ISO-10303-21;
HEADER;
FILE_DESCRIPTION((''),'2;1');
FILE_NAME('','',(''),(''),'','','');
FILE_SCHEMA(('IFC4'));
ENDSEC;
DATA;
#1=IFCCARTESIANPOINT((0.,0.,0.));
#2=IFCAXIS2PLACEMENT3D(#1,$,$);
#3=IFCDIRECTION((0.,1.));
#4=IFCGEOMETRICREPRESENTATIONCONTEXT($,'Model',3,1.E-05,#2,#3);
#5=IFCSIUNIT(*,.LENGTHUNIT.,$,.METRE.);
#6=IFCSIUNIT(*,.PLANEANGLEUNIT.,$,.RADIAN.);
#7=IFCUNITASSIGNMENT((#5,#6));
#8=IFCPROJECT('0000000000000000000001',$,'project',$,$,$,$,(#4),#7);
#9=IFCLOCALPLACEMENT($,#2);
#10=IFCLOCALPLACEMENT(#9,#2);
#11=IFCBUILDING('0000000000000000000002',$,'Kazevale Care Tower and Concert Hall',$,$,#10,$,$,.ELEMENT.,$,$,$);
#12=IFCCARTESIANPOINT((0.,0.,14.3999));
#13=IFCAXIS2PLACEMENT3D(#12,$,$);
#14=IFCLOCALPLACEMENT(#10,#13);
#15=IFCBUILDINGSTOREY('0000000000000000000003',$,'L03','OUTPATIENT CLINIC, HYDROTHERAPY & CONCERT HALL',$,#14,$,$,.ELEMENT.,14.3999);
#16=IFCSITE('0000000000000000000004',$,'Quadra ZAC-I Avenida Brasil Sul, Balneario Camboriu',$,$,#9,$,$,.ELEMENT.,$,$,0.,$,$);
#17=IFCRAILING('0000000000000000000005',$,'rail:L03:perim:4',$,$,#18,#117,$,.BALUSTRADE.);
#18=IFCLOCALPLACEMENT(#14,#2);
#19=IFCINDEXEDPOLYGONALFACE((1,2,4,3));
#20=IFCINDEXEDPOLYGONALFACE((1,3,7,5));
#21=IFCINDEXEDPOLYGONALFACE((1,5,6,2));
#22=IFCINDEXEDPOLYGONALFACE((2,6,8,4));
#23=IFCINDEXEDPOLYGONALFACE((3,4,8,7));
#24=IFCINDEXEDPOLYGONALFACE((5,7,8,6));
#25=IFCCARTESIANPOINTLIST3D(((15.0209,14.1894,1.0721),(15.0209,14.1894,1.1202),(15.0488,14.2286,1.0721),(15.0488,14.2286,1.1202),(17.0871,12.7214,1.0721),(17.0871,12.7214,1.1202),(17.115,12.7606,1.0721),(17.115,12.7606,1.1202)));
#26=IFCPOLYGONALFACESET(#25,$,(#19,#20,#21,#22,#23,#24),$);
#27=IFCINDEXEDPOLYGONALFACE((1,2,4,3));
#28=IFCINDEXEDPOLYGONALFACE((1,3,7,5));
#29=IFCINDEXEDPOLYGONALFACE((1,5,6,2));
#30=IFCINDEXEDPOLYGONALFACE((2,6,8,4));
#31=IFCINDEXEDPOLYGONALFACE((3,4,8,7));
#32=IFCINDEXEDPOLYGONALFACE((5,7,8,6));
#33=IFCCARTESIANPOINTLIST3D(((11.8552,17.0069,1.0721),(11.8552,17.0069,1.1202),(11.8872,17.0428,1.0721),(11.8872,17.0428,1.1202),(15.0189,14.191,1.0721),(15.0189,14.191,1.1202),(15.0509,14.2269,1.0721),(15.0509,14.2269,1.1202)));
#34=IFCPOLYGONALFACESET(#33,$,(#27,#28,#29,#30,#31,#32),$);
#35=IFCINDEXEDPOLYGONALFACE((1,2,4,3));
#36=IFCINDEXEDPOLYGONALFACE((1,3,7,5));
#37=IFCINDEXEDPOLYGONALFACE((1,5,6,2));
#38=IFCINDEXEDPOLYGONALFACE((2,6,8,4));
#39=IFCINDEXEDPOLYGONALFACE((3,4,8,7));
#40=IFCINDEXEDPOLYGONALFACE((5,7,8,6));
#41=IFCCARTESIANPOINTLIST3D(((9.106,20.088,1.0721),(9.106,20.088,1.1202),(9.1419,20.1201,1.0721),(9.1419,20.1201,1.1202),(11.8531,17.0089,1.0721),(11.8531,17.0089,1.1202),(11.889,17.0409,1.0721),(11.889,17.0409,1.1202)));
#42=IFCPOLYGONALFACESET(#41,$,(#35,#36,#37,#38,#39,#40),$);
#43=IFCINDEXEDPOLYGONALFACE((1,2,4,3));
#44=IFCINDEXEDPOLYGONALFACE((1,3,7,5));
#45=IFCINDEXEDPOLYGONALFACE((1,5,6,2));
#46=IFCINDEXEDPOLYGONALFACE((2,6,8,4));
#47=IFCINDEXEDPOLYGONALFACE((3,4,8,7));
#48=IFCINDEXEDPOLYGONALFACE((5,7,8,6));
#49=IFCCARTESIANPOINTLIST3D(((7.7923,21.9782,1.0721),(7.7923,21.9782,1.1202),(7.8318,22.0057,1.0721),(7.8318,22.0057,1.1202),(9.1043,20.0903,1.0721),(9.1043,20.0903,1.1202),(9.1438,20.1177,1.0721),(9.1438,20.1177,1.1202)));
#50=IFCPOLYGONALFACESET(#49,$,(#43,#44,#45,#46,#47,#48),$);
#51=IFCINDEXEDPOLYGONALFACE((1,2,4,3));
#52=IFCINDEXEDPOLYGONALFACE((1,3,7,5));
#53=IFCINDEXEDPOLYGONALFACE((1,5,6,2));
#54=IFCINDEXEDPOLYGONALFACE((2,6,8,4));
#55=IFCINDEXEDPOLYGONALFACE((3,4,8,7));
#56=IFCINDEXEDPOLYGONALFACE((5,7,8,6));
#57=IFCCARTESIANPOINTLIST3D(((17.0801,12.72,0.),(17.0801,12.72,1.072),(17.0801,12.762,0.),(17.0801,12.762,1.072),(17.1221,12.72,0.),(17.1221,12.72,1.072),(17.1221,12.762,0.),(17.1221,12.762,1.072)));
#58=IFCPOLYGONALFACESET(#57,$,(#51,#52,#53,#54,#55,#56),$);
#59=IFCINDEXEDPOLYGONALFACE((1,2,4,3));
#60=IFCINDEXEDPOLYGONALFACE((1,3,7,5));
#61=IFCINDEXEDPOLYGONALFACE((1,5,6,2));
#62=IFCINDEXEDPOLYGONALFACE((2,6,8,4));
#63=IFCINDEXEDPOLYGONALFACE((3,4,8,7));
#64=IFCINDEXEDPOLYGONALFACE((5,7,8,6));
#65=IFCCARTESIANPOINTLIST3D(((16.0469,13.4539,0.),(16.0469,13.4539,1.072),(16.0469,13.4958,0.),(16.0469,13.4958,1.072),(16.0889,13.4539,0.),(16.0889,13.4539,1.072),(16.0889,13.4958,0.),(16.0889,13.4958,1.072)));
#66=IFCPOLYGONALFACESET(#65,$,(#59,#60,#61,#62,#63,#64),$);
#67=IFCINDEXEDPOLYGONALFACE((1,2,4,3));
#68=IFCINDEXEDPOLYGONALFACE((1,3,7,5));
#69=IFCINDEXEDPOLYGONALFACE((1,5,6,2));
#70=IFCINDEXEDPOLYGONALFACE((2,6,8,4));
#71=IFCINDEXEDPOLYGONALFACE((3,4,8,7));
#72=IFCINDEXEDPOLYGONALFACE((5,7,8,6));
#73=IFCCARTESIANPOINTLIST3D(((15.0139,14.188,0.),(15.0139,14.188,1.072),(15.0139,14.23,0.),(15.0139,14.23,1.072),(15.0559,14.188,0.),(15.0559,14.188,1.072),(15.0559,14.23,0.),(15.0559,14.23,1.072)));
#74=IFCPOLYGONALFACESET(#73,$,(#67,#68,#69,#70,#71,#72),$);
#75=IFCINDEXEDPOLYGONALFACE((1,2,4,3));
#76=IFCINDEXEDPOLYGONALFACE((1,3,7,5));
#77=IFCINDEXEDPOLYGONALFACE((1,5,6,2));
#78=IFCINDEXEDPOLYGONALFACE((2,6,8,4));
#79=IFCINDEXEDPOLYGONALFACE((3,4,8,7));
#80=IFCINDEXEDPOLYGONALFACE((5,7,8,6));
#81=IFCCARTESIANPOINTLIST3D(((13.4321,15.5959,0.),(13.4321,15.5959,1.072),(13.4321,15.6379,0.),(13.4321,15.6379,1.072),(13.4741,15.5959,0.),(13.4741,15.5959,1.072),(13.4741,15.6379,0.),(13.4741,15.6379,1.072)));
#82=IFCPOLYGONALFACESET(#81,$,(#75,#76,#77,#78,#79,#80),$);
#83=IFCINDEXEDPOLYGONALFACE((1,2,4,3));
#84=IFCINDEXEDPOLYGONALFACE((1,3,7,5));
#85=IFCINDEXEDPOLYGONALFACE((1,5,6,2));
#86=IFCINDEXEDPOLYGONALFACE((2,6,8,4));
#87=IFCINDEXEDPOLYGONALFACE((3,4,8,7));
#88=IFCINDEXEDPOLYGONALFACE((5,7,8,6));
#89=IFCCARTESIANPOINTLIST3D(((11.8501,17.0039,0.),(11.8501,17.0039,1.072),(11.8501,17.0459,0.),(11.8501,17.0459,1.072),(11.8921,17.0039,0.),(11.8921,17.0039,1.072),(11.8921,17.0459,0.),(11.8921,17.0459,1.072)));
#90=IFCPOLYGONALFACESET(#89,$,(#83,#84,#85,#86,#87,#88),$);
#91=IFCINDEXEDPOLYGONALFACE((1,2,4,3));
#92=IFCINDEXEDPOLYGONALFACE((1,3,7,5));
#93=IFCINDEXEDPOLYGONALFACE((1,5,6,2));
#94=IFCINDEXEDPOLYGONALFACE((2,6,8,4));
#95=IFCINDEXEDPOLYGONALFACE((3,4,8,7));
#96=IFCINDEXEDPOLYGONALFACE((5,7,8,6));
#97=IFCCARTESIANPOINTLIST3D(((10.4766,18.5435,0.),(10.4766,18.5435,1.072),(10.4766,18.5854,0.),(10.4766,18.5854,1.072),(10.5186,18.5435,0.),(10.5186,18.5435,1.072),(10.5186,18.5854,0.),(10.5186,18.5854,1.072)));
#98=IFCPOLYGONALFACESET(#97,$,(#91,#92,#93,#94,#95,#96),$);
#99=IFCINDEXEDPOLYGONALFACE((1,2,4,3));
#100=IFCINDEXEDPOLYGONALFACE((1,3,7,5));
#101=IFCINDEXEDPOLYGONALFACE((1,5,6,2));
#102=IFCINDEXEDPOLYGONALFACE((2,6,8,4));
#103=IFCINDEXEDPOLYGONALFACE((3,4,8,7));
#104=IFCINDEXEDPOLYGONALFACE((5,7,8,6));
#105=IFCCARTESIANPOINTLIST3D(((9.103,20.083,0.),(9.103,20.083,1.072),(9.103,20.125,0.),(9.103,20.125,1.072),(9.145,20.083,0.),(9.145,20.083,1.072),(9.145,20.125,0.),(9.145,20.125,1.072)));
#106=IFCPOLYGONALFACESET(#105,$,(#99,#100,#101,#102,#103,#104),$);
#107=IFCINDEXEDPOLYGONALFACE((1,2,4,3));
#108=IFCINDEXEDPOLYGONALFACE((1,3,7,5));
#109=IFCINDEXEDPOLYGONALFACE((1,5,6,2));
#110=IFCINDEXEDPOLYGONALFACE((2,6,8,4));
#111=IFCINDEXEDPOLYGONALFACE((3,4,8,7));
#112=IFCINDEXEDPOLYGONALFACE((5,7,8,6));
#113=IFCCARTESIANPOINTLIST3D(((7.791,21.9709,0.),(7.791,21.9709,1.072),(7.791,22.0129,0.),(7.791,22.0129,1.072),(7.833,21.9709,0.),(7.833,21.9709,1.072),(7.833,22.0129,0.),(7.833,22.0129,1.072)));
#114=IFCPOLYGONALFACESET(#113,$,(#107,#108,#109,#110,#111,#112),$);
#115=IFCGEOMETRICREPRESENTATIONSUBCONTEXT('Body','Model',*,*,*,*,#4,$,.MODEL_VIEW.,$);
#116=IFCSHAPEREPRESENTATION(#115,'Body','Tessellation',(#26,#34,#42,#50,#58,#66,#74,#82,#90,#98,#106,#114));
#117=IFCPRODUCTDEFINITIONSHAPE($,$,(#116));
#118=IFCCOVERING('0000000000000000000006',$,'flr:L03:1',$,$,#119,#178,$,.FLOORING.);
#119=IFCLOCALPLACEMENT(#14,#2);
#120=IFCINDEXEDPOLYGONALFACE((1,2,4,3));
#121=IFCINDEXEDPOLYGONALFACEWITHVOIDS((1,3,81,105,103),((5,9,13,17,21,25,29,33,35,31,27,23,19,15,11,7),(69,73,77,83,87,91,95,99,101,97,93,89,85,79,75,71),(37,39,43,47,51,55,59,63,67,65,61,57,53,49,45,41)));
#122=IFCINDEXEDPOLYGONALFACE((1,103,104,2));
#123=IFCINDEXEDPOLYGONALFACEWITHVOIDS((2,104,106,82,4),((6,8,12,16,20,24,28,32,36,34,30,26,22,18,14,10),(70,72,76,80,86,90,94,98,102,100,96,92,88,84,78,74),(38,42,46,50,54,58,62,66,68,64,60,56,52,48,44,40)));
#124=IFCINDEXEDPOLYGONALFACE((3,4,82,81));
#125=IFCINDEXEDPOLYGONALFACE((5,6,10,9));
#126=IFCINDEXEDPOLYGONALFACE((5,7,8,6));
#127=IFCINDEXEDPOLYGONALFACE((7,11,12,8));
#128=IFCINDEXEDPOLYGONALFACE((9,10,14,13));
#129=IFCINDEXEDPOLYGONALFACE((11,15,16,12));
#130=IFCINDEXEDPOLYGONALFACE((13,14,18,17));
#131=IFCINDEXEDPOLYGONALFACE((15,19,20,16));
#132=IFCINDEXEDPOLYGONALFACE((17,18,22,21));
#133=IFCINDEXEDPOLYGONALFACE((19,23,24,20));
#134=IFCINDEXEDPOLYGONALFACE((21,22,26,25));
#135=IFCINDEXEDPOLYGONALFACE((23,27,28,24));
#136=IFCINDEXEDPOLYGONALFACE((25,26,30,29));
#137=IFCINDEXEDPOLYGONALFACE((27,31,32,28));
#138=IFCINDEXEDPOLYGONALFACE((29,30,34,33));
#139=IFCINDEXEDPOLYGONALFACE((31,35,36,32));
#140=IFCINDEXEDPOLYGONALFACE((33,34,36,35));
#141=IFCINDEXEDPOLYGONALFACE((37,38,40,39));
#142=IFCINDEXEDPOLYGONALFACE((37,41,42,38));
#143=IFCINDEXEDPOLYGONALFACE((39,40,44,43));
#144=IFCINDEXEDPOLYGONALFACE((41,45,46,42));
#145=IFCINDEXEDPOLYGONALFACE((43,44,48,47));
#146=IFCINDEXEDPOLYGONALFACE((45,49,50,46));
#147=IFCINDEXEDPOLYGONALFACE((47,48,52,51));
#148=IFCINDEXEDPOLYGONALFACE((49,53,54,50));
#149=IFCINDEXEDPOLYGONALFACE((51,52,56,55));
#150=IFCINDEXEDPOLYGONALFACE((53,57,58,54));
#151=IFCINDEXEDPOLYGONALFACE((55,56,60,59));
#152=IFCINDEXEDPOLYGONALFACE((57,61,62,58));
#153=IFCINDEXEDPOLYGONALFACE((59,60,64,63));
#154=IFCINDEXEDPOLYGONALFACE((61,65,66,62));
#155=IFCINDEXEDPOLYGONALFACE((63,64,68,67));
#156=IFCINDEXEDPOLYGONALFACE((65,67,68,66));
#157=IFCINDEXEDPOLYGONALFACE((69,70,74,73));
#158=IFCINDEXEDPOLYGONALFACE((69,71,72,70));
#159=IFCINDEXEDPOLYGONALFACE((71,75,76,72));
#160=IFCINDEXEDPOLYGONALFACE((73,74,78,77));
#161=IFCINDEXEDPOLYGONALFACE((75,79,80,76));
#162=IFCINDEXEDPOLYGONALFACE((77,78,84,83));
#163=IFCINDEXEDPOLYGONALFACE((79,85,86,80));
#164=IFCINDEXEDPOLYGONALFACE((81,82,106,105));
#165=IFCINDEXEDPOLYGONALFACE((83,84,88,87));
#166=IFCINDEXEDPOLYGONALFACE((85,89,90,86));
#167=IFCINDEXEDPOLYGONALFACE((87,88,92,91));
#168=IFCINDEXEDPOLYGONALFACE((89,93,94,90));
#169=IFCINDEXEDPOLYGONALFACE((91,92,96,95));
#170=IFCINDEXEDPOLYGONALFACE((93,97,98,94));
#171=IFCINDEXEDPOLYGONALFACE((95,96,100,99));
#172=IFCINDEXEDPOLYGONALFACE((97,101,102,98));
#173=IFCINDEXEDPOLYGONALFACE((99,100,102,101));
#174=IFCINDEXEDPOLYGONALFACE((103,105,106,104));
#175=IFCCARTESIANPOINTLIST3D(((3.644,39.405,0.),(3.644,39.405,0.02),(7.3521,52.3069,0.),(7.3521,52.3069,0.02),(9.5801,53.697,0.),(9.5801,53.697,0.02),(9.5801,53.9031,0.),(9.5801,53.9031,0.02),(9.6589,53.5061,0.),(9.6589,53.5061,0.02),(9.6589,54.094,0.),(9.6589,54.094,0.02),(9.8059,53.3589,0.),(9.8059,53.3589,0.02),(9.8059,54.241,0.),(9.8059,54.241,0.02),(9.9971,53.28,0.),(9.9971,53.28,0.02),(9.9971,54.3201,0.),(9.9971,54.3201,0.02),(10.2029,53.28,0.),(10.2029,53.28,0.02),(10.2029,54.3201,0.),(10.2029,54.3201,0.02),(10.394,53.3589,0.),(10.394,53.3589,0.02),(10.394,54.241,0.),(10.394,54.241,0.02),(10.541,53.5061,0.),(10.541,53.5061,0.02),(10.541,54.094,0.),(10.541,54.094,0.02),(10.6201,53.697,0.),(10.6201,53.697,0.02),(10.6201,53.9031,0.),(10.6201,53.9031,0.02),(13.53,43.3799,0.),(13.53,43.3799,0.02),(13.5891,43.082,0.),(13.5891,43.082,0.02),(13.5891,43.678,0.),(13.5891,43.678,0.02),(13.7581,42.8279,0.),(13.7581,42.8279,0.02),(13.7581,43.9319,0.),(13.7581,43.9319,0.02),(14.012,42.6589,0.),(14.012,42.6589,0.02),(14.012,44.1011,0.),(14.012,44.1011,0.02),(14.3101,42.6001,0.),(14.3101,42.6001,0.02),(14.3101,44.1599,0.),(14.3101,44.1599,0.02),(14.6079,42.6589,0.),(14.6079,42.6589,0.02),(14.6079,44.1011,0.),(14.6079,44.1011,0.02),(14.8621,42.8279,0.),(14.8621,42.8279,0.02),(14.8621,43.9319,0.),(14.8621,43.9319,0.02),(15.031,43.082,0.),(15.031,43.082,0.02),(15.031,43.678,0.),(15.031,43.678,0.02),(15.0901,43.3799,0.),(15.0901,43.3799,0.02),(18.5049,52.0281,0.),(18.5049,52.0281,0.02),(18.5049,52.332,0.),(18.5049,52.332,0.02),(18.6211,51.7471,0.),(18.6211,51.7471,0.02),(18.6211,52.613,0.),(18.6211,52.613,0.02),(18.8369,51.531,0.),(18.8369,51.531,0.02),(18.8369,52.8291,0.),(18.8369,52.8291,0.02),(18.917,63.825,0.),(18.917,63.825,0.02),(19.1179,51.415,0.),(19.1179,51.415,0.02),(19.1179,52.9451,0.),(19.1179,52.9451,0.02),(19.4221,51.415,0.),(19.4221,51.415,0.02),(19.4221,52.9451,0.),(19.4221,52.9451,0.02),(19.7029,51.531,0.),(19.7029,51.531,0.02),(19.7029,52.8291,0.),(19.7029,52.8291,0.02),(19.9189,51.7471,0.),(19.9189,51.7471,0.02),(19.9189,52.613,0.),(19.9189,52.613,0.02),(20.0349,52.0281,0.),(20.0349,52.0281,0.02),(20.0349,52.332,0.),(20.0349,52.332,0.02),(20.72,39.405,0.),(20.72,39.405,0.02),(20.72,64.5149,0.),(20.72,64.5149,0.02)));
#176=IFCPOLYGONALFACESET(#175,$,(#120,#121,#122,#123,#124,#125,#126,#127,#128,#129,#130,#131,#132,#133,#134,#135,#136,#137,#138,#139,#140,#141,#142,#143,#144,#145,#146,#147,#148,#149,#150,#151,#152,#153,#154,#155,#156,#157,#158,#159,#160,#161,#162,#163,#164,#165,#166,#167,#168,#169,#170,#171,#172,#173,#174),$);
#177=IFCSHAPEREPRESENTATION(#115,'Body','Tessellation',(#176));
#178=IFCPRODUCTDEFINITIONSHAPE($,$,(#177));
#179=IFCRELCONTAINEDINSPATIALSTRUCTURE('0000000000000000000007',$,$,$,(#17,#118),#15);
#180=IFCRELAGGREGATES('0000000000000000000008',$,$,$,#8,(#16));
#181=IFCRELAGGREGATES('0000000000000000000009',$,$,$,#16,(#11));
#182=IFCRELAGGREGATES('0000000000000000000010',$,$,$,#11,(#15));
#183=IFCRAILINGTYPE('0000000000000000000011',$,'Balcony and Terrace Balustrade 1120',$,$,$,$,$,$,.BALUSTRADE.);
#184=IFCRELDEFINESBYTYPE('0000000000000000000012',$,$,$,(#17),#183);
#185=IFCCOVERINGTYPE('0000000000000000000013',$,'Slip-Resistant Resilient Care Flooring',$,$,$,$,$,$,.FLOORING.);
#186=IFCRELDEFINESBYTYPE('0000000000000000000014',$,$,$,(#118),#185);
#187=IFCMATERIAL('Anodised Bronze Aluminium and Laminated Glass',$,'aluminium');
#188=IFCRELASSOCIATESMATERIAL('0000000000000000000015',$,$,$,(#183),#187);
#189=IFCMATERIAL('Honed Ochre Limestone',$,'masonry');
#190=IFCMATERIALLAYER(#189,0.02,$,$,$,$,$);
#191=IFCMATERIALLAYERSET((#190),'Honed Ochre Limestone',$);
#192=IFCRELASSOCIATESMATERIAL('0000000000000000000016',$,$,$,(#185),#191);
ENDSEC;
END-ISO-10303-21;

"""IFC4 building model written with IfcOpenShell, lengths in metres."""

from ifc_helpers import new_model, si_unit, direction, frame, origin, origin_2d, place, context, subcontext, project, spatial, polyline, rectangle, outline, extrude, material, layer, layer_set, type_object, element, save


model = new_model("IFC4")

# Units and contexts
model_context = context("Model", 3, precision=1e-05, world=origin(), true_north=direction((0.0, 1.0)))
body_context = subcontext(model_context, "Body", "Model", "MODEL_VIEW")
ifc_project = project(units=[si_unit("LENGTHUNIT", "METRE"), si_unit("PLANEANGLEUNIT", "RADIAN")], contexts=[model_context])

# Site, building, storey
site_placement = place(None, origin())
site = spatial("IfcSite", under=ifc_project, at=site_placement, Name="Quadra ZAC-I Avenida Brasil Sul, Balneario Camboriu", CompositionType="ELEMENT", RefElevation=0.0)
building_placement = place(site_placement, origin())
building = spatial("IfcBuilding", under=site, at=building_placement, Name="Kazevale Care Tower and Concert Hall", CompositionType="ELEMENT")
storey_placement = place(building_placement, frame((0.0, 0.0, 14.3999)))
storey = spatial("IfcBuildingStorey", under=building, at=storey_placement, Name="L03", Description="OUTPATIENT CLINIC, HYDROTHERAPY & CONCERT HALL", CompositionType="ELEMENT", Elevation=14.3999)

# Railing
ifc_material_1 = material(Name="Anodised Bronze Aluminium and Laminated Glass", Category="aluminium")
railing_type = type_object("IfcRailingType", Name="Balcony and Terrace Balustrade 1120", PredefinedType="BALUSTRADE", material=ifc_material_1)
railing_placement = place(storey_placement, frame((17.1011, 12.741, 0.0)))
element("IfcRailing", 1, at=railing_placement, inside=storey, type_object=railing_type, Name="rail:L03:perim:4", PredefinedType="BALUSTRADE", context=body_context, shape_type="SweptSolid", body=[
    extrude(rectangle(XDim=0.0481, YDim=0.0481, at=origin_2d()), frame((0.0, 0.0, 1.0962), z_axis=(-0.815189, 0.579195, 0.0), x_axis=(-0.579195, -0.815189, 0.0)), (0.0, 0.0, 1.0), 2.5347),
    extrude(rectangle(XDim=0.0481, YDim=0.0481, at=origin_2d()), frame((-2.0662, 1.468, 1.0962), z_axis=(-0.746983, 0.664843, 0.0), x_axis=(-0.664843, -0.746983, 0.0)), (0.0, 0.0, 1.0), 4.2354),
    extrude(rectangle(XDim=0.0481, YDim=0.0481, at=origin_2d()), frame((-5.23, 4.2839, 1.0962), z_axis=(-0.665729, 0.746194, 0.0), x_axis=(-0.746194, -0.665729, 0.0)), (0.0, 0.0, 1.0), 4.1265),
    extrude(rectangle(XDim=0.0481, YDim=0.0481, at=origin_2d()), frame((-7.9771, 7.363, 1.0962), z_axis=(-0.570672, 0.821178, 0.0), x_axis=(-0.821178, -0.570672, 0.0)), (0.0, 0.0, 1.0), 2.2991),
    extrude(rectangle(XDim=0.042, YDim=0.042, at=origin_2d()), origin(), (0.0, 0.0, 1.0), 1.072),
    extrude(rectangle(XDim=0.042, YDim=0.042, at=origin_2d()), frame((-1.0332, 0.7339, 0.0)), (0.0, 0.0, 1.0), 1.072),
    extrude(rectangle(XDim=0.042, YDim=0.042, at=origin_2d()), frame((-2.0662, 1.468, 0.0)), (0.0, 0.0, 1.0), 1.072),
    extrude(rectangle(XDim=0.042, YDim=0.042, at=origin_2d()), frame((-3.6479, 2.876, 0.0)), (0.0, 0.0, 1.0), 1.072),
    extrude(rectangle(XDim=0.042, YDim=0.042, at=origin_2d()), frame((-5.23, 4.2839, 0.0)), (0.0, 0.0, 1.0), 1.072),
    extrude(rectangle(XDim=0.042, YDim=0.042, at=origin_2d()), frame((-6.6035, 5.8235, 0.0)), (0.0, 0.0, 1.0), 1.072),
    extrude(rectangle(XDim=0.042, YDim=0.042, at=origin_2d()), frame((-7.9771, 7.363, 0.0)), (0.0, 0.0, 1.0), 1.072),
    extrude(rectangle(XDim=0.042, YDim=0.042, at=origin_2d()), frame((-9.2891, 9.251, 0.0)), (0.0, 0.0, 1.0), 1.072),
])

# Covering
ifc_material_2 = material(Name="Honed Ochre Limestone", Category="masonry")
ifc_layer_1 = layer(ifc_material_2, 0.02)
ifc_layer_set_1 = layer_set([ifc_layer_1], Name="Honed Ochre Limestone")
covering_type_1 = type_object("IfcCoveringType", Name="Slip-Resistant Resilient Care Flooring", PredefinedType="FLOORING", material=ifc_layer_set_1)
covering_1_placement = place(storey_placement, origin())
element("IfcCovering", 2, at=covering_1_placement, inside=storey, type_object=covering_type_1, Name="flr:L03:1", PredefinedType="FLOORING", context=body_context, shape_type="SweptSolid", body=[
    extrude(outline(polyline([(3.644, 39.405), (7.3521, 52.3069), (18.917, 63.825), (20.72, 64.5149), (20.72, 39.405), (3.644, 39.405)]), holes=[polyline([(19.9189, 52.613), (19.7029, 52.8291), (19.4221, 52.9451), (19.1179, 52.9451), (18.8369, 52.8291), (18.6211, 52.613), (18.5049, 52.332), (18.5049, 52.0281), (18.6211, 51.7471), (18.8369, 51.531), (19.1179, 51.415), (19.4221, 51.415), (19.7029, 51.531), (19.9189, 51.7471), (20.0349, 52.0281), (20.0349, 52.332), (19.9189, 52.613)]), polyline([(15.031, 43.678), (14.8621, 43.9319), (14.6079, 44.1011), (14.3101, 44.1599), (14.012, 44.1011), (13.7581, 43.9319), (13.5891, 43.678), (13.53, 43.3799), (13.5891, 43.082), (13.7581, 42.8279), (14.012, 42.6589), (14.3101, 42.6001), (14.6079, 42.6589), (14.8621, 42.8279), (15.031, 43.082), (15.0901, 43.3799), (15.031, 43.678)]), polyline([(10.6201, 53.9031), (10.541, 54.094), (10.394, 54.241), (10.2029, 54.3201), (9.9971, 54.3201), (9.8059, 54.241), (9.6589, 54.094), (9.5801, 53.9031), (9.5801, 53.697), (9.6589, 53.5061), (9.8059, 53.3589), (9.9971, 53.28), (10.2029, 53.28), (10.394, 53.3589), (10.541, 53.5061), (10.6201, 53.697), (10.6201, 53.9031)])]), origin(), (0.0, 0.0, 1.0), 0.02),
])

save(model, "model.ifc")
